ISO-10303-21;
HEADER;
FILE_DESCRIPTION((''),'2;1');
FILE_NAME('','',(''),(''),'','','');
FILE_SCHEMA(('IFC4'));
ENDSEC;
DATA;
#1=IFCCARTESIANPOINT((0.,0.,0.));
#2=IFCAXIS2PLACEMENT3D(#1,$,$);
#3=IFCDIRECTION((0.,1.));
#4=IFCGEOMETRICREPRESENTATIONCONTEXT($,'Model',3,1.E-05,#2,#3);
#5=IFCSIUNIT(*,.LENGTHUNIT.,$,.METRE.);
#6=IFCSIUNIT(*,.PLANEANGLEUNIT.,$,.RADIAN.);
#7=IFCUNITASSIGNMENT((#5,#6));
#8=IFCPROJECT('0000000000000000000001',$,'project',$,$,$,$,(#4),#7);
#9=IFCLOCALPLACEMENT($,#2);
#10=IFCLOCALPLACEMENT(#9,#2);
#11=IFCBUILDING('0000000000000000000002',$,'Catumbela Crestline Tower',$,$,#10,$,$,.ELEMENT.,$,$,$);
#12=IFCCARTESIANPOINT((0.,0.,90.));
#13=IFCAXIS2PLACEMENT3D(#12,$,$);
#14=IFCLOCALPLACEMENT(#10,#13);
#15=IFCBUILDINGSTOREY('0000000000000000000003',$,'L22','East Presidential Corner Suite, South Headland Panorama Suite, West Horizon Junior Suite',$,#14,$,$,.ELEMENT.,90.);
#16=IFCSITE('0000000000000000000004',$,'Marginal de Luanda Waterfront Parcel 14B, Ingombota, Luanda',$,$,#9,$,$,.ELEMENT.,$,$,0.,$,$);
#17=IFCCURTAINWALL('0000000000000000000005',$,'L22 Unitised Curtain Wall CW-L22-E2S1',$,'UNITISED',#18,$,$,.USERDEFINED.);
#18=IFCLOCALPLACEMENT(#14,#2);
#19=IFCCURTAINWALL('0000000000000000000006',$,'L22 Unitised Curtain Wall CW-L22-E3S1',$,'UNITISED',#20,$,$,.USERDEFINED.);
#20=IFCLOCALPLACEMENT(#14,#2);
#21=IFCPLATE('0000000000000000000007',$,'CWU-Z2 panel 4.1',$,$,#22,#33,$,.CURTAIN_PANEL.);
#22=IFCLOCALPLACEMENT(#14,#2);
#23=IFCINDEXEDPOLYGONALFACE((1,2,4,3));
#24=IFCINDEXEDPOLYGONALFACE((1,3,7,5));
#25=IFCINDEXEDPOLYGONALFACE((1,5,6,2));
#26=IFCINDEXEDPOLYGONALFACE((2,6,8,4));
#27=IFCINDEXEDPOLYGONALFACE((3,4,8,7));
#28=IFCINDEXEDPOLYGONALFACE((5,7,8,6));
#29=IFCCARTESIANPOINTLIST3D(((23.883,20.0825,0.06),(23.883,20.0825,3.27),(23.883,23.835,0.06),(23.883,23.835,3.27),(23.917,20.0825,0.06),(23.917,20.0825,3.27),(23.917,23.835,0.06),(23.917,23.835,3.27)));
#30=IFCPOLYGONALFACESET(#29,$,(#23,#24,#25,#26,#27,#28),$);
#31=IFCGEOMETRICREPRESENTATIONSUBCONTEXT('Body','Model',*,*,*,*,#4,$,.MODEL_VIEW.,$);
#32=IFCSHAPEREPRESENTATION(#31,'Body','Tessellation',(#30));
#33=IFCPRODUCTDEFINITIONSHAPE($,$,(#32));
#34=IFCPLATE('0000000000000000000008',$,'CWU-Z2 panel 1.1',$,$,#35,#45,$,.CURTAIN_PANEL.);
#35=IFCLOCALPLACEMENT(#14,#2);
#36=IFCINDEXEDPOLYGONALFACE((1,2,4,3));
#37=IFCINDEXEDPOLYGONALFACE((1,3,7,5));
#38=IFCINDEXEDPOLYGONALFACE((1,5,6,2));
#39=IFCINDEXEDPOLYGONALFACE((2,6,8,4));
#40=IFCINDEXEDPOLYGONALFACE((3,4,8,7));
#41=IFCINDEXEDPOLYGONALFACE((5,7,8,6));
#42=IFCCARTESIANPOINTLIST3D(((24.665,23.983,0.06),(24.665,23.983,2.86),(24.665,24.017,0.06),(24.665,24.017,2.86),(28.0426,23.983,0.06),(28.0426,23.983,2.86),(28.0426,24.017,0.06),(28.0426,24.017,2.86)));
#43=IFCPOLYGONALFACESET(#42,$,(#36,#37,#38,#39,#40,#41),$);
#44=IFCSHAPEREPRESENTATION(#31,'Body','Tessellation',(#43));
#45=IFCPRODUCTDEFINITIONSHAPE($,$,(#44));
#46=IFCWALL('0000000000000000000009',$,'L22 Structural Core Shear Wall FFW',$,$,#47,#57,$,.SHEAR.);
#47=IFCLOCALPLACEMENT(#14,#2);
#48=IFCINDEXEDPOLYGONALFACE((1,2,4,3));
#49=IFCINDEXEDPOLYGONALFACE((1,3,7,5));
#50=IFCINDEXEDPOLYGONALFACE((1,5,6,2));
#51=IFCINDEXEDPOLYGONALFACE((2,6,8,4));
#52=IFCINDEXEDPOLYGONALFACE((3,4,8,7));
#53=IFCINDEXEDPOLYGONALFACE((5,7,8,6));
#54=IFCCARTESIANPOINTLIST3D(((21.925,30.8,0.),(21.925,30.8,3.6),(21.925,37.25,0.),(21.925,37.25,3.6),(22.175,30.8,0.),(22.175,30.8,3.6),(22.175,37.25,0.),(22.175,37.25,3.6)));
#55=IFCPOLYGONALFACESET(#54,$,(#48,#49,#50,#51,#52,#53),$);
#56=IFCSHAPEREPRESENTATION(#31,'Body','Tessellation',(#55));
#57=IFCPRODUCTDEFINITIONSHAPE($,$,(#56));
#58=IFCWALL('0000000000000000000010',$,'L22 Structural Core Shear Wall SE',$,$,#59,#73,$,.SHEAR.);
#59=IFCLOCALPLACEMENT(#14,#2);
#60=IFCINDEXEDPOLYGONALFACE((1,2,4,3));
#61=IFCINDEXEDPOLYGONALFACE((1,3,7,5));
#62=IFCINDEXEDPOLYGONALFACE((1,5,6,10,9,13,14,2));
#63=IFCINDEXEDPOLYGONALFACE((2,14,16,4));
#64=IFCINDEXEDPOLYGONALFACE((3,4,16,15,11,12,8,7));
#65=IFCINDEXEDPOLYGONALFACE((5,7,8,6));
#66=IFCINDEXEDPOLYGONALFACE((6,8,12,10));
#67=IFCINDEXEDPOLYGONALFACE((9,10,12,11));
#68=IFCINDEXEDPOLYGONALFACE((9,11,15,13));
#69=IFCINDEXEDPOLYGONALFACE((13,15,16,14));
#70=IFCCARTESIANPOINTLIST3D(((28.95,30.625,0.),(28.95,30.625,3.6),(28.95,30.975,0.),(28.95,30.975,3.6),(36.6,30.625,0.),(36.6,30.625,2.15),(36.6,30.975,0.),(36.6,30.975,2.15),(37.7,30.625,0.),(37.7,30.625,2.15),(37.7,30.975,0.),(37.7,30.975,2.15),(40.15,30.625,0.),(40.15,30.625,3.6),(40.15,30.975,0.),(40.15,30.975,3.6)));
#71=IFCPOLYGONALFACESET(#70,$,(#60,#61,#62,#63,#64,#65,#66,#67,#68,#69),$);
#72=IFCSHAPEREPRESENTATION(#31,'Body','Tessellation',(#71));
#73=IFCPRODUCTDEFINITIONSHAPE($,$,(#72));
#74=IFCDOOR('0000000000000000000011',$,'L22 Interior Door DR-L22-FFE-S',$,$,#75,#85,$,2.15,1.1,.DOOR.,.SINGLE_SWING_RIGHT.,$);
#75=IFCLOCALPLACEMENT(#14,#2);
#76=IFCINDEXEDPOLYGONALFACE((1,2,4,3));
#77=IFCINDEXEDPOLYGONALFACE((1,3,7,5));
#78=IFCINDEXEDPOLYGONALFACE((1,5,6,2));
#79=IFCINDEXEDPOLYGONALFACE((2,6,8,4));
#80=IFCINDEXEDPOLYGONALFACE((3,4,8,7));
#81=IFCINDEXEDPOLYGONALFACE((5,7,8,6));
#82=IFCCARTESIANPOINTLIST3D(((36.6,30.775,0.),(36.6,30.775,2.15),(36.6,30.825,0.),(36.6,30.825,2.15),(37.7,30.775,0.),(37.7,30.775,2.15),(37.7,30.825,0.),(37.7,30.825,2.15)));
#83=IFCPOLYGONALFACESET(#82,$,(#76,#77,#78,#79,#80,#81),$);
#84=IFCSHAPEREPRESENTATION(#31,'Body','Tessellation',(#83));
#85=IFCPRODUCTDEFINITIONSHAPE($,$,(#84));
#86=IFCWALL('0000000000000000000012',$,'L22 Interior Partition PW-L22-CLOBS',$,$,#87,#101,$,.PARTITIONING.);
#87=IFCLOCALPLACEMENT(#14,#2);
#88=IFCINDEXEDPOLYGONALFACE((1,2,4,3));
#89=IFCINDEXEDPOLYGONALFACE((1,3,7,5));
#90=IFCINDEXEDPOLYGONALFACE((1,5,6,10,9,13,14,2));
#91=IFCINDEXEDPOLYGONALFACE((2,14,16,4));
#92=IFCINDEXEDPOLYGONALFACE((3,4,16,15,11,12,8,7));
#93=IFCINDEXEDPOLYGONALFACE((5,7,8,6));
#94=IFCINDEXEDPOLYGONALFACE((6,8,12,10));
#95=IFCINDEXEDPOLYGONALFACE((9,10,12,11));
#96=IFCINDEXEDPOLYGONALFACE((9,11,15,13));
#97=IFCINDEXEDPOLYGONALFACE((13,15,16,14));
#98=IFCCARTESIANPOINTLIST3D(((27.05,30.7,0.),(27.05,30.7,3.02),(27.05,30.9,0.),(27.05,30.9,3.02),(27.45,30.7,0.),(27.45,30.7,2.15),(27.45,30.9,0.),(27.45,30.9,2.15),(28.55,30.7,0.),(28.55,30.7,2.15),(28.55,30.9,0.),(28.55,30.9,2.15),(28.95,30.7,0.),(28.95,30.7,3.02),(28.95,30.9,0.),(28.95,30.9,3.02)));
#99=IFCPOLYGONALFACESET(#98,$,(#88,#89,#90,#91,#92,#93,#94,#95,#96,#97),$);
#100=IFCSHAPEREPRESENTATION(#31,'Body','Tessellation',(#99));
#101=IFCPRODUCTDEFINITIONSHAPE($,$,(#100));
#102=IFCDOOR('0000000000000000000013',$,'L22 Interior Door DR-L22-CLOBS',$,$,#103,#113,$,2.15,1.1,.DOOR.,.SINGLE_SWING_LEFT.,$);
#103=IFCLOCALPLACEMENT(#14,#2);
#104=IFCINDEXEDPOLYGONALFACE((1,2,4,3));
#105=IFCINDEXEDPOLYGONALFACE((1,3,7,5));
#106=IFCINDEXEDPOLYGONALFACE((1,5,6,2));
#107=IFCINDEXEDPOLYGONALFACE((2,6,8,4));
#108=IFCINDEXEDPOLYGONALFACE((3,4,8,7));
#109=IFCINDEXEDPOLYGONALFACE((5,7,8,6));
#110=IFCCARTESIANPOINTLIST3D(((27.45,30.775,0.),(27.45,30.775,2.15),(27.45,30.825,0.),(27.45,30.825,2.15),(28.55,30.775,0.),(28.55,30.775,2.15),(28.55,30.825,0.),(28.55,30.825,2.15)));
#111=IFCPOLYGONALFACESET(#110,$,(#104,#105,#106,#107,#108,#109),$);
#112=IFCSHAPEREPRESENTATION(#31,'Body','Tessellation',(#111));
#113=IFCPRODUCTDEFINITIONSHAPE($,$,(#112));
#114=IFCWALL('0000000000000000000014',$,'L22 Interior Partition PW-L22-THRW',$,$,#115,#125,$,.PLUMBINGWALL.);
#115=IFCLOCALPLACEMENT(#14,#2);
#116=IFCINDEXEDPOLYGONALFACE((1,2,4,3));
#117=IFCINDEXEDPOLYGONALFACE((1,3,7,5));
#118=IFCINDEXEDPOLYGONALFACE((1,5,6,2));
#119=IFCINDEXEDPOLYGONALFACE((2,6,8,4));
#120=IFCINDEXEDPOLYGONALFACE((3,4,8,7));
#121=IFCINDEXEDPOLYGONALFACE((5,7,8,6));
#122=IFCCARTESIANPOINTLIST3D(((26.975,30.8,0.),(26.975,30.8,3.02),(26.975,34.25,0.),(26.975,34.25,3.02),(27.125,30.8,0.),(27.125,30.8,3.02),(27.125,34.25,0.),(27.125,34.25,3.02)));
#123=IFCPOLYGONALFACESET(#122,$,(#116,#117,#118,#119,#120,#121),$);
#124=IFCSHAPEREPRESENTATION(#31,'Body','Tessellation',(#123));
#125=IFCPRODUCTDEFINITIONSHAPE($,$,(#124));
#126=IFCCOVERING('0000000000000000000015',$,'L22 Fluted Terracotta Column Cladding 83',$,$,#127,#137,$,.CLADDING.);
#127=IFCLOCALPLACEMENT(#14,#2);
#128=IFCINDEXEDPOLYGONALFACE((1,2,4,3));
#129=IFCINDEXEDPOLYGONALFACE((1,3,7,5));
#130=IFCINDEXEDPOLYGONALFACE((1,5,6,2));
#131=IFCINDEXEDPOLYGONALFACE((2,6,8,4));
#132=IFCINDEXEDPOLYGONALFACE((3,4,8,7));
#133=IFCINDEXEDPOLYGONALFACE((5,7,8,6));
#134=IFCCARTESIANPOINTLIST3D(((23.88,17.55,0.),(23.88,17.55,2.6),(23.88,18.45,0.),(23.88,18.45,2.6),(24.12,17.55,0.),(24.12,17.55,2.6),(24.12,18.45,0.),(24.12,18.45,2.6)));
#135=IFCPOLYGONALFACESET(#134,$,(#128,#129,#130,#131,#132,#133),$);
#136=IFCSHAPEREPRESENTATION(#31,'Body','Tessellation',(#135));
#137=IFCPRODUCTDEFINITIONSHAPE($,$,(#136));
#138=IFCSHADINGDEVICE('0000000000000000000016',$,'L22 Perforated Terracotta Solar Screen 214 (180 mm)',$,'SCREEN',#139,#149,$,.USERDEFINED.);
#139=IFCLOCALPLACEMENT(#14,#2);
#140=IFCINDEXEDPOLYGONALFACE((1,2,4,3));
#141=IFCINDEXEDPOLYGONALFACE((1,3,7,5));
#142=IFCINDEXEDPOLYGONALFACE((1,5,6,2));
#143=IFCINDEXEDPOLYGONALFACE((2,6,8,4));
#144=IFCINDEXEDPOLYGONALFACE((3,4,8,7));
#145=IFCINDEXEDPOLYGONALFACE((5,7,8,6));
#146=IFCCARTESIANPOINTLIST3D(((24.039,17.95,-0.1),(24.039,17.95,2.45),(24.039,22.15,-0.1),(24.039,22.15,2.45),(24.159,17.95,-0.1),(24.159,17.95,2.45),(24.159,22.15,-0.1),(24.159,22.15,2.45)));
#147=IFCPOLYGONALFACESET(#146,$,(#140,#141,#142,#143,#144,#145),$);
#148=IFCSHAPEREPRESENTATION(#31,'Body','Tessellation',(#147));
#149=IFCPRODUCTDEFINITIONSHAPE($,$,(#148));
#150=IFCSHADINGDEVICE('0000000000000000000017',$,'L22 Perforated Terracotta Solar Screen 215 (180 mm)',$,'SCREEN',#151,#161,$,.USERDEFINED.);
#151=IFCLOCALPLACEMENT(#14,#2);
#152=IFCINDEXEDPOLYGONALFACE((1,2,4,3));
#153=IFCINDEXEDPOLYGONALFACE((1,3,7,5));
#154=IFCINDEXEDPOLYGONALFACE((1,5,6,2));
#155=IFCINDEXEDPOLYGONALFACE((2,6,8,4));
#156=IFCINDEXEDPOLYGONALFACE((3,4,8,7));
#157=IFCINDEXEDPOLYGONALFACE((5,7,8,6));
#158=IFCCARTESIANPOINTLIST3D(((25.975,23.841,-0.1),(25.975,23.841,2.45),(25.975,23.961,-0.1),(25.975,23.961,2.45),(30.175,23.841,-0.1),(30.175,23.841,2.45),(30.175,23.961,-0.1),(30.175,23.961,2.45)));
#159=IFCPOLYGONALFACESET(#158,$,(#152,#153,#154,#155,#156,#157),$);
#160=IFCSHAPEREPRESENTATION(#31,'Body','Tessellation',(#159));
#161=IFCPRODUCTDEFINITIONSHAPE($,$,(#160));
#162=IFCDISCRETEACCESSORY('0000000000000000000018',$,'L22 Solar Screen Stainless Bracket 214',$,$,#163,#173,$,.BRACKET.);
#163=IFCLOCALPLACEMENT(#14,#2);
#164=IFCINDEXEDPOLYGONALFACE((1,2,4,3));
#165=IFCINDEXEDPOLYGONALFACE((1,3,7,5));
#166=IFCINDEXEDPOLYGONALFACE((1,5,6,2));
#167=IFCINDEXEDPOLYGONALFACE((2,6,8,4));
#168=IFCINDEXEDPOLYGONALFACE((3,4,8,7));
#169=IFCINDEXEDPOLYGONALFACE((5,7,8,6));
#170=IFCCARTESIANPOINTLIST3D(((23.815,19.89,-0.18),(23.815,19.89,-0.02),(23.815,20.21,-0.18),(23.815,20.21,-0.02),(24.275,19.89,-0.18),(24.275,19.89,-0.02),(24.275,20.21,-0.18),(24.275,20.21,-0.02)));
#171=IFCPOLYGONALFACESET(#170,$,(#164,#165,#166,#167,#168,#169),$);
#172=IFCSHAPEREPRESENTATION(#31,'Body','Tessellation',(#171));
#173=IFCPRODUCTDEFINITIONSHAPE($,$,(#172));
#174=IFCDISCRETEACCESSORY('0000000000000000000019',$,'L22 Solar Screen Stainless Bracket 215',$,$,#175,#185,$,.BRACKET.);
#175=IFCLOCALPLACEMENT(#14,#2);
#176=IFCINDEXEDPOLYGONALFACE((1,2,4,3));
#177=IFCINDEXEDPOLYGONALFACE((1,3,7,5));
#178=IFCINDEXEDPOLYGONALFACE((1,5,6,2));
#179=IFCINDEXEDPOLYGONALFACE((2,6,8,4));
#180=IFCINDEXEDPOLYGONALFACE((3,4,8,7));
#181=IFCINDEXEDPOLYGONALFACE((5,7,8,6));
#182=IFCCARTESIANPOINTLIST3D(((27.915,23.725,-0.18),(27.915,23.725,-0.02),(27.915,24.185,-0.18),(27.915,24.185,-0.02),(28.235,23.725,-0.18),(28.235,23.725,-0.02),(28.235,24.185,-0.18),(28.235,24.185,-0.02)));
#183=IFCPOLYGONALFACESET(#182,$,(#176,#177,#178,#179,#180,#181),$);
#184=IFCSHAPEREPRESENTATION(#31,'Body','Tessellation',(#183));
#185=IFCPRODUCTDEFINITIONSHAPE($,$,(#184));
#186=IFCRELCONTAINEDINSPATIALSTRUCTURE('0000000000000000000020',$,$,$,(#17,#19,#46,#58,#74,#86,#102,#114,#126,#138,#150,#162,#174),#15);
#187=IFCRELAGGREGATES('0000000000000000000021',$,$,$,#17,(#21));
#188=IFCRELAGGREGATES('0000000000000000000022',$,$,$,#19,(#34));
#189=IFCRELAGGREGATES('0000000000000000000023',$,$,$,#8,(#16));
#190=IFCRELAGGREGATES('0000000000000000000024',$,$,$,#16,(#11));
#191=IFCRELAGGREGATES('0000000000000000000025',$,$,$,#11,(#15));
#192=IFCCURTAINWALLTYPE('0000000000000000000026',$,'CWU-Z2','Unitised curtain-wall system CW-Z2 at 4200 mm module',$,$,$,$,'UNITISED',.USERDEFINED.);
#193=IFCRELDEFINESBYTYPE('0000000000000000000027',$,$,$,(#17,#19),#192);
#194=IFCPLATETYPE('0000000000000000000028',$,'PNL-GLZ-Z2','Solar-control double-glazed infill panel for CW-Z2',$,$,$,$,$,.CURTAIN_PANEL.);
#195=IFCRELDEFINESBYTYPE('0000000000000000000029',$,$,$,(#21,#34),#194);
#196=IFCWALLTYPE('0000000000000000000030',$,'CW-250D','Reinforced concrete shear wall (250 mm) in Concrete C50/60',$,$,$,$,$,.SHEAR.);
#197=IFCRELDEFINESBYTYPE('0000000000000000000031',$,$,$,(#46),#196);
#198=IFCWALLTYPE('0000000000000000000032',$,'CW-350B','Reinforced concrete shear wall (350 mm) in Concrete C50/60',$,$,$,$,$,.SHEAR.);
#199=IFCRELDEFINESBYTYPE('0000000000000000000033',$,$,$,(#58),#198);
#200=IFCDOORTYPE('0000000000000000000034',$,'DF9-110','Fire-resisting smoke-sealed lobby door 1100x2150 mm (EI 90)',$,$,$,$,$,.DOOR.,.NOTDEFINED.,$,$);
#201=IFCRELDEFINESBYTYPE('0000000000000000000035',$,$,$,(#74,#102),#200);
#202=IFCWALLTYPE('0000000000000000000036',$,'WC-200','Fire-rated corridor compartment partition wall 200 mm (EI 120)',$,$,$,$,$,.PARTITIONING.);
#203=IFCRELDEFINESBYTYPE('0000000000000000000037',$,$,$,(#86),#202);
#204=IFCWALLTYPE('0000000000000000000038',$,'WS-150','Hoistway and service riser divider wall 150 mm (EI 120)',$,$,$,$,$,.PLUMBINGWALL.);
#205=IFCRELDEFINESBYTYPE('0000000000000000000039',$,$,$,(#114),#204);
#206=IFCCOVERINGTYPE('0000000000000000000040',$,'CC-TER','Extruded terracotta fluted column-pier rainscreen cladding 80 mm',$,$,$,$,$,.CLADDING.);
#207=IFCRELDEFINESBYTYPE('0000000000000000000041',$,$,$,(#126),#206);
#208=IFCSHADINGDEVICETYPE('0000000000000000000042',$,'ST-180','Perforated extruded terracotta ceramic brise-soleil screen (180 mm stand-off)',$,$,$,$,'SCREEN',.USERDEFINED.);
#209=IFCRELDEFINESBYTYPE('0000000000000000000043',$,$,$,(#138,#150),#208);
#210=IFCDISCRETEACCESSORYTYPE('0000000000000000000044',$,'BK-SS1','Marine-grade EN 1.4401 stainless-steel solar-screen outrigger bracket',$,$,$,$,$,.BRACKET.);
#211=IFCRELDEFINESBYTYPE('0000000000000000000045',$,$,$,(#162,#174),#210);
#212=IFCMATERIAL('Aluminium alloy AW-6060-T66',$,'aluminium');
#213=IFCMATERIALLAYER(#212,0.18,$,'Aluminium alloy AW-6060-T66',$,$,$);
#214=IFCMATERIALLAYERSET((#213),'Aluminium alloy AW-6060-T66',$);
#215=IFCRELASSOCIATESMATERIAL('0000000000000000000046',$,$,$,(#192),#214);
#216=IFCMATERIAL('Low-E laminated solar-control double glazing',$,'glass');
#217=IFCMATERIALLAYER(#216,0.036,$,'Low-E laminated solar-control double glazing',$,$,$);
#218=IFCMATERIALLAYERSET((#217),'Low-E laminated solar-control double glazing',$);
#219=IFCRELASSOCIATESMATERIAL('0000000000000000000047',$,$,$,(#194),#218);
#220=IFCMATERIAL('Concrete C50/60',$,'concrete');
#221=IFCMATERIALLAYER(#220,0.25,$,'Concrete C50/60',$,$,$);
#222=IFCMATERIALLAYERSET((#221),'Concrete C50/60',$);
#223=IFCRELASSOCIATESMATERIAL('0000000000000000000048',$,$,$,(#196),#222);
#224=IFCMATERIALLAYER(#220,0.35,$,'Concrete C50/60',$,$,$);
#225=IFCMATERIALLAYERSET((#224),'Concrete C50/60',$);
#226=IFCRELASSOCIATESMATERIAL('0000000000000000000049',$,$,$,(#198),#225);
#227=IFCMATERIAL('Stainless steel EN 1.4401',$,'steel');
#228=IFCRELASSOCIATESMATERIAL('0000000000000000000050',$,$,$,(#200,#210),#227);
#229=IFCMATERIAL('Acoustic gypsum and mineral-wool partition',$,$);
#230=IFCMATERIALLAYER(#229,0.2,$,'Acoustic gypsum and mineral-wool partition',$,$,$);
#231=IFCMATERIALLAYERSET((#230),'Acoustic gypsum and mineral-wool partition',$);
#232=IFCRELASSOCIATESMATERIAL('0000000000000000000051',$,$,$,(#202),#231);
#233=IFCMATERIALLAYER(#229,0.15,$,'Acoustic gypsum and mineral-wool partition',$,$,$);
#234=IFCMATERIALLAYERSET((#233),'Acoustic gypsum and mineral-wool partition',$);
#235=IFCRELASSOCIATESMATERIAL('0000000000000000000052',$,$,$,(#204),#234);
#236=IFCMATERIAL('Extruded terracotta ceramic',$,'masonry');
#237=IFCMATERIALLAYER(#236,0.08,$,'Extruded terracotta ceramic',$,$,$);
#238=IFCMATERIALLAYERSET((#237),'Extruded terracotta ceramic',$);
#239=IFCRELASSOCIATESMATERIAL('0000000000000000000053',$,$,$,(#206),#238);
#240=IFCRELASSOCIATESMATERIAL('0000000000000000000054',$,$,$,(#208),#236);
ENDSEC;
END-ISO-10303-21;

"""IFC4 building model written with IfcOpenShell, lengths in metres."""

from ifc_helpers import new_model, si_unit, direction, frame, frame_2d, origin, origin_2d, place, context, subcontext, project, spatial, rectangle, extrude, material, layer, layer_set, type_object, element, fill, aggregate, save


model = new_model("IFC4")

# Units and contexts
model_context = context("Model", 3, precision=1e-05, world=origin(), true_north=direction((0.0, 1.0)))
body_context = subcontext(model_context, "Body", "Model", "MODEL_VIEW")
ifc_project = project(units=[si_unit("LENGTHUNIT", "METRE"), si_unit("PLANEANGLEUNIT", "RADIAN")], contexts=[model_context])

# Site, building, storey
site_placement = place(None, origin())
site = spatial("IfcSite", under=ifc_project, at=site_placement, Name="Marginal de Luanda Waterfront Parcel 14B, Ingombota, Luanda", CompositionType="ELEMENT", RefElevation=0.0)
building_placement = place(site_placement, origin())
building = spatial("IfcBuilding", under=site, at=building_placement, Name="Catumbela Crestline Tower", CompositionType="ELEMENT")
storey_placement = place(building_placement, frame((0.0, 0.0, 90.0)))
storey = spatial("IfcBuildingStorey", under=building, at=storey_placement, Name="L22", Description="East Presidential Corner Suite, South Headland Panorama Suite, West Horizon Junior Suite", CompositionType="ELEMENT", Elevation=90.0)

# Shared definitions
ifc_material_1 = material(Name="Concrete C50/60", Category="concrete")

# Curtain walls
ifc_material_2 = material(Name="Aluminium alloy AW-6060-T66", Category="aluminium")
ifc_layer_1 = layer(ifc_material_2, 0.18, Name="Aluminium alloy AW-6060-T66")
ifc_layer_set_1 = layer_set([ifc_layer_1], Name="Aluminium alloy AW-6060-T66")
curtain_wall_type = type_object("IfcCurtainWallType", Name="CWU-Z2", Description="Unitised curtain-wall system CW-Z2 at 4200 mm module", ElementType="UNITISED", PredefinedType="USERDEFINED", material=ifc_layer_set_1)
curtain_wall_1_placement = place(storey_placement, origin())
curtain_wall_1 = element("IfcCurtainWall", 1, at=curtain_wall_1_placement, inside=storey, type_object=curtain_wall_type, Name="L22 Unitised Curtain Wall CW-L22-E2S1", ObjectType="UNITISED", PredefinedType="USERDEFINED")
curtain_wall_2_placement = place(storey_placement, origin())
curtain_wall_2 = element("IfcCurtainWall", 2, at=curtain_wall_2_placement, inside=storey, type_object=curtain_wall_type, Name="L22 Unitised Curtain Wall CW-L22-E3S1", ObjectType="UNITISED", PredefinedType="USERDEFINED")

# Plates
ifc_material_3 = material(Name="Low-E laminated solar-control double glazing", Category="glass")
ifc_layer_2 = layer(ifc_material_3, 0.036, Name="Low-E laminated solar-control double glazing")
ifc_layer_set_2 = layer_set([ifc_layer_2], Name="Low-E laminated solar-control double glazing")
plate_type = type_object("IfcPlateType", Name="PNL-GLZ-Z2", Description="Solar-control double-glazed infill panel for CW-Z2", PredefinedType="CURTAIN_PANEL", material=ifc_layer_set_2)
plate_1_placement = place(storey_placement, frame((23.9, 21.9587, 0.06), z_axis=(0.0, 0.0, 1.0), x_axis=(0.0, 1.0, 0.0)))
plate_1 = element("IfcPlate", 3, at=plate_1_placement, type_object=plate_type, Name="CWU-Z2 panel 4.1", PredefinedType="CURTAIN_PANEL", context=body_context, shape_type="SweptSolid", body=[
    extrude(rectangle(XDim=3.7525, YDim=0.034, at=origin_2d()), origin(), (0.0, 0.0, 1.0), 3.21),
])
aggregate(curtain_wall_1, [plate_1])
plate_2_placement = place(storey_placement, frame((26.3538, 24.0, 0.06), z_axis=(0.0, 0.0, 1.0), x_axis=(1.0, 0.0, 0.0)))
plate_2 = element("IfcPlate", 4, at=plate_2_placement, type_object=plate_type, Name="CWU-Z2 panel 1.1", PredefinedType="CURTAIN_PANEL", context=body_context, shape_type="SweptSolid", body=[
    extrude(rectangle(XDim=3.3775, YDim=0.034, at=origin_2d()), origin(), (0.0, 0.0, 1.0), 2.8),
])
aggregate(curtain_wall_2, [plate_2])

# Wall
ifc_layer_3 = layer(ifc_material_1, 0.25, Name="Concrete C50/60")
ifc_layer_set_3 = layer_set([ifc_layer_3], Name="Concrete C50/60")
wall_type_1 = type_object("IfcWallType", Name="CW-250D", Description="Reinforced concrete shear wall (250 mm) in Concrete C50/60", PredefinedType="SHEAR", material=ifc_layer_set_3)
wall_1_placement = place(storey_placement, frame((22.05, 30.8, 0.0), z_axis=(0.0, 0.0, 1.0), x_axis=(0.0, 1.0, 0.0)))
element("IfcWall", 5, at=wall_1_placement, inside=storey, type_object=wall_type_1, Name="L22 Structural Core Shear Wall FFW", PredefinedType="SHEAR", context=body_context, shape_type="SweptSolid", body=[
    extrude(rectangle(XDim=6.45, YDim=0.25, at=frame_2d((3.225, 0.0))), origin(), (0.0, 0.0, 1.0), 3.6),
])

# Walls, openings, doors
ifc_layer_4 = layer(ifc_material_1, 0.35, Name="Concrete C50/60")
ifc_layer_set_4 = layer_set([ifc_layer_4], Name="Concrete C50/60")
wall_type_2 = type_object("IfcWallType", Name="CW-350B", Description="Reinforced concrete shear wall (350 mm) in Concrete C50/60", PredefinedType="SHEAR", material=ifc_layer_set_4)
wall_2_placement = place(storey_placement, frame((28.95, 30.8, 0.0), z_axis=(0.0, 0.0, 1.0), x_axis=(1.0, 0.0, 0.0)))
wall_2 = element("IfcWall", 6, at=wall_2_placement, inside=storey, type_object=wall_type_2, Name="L22 Structural Core Shear Wall SE", PredefinedType="SHEAR", context=body_context, shape_type="SweptSolid", body=[
    extrude(rectangle(XDim=11.2, YDim=0.35, at=frame_2d((5.6, 0.0))), origin(), (0.0, 0.0, 1.0), 3.6),
])
opening_1_placement = place(wall_2_placement, frame((7.65, 0.0, 0.0)))
opening_1 = element("IfcOpeningElement", 7, at=opening_1_placement, cuts=wall_2, PredefinedType="OPENING", context=body_context, shape_type="SweptSolid", body=[
    extrude(rectangle(XDim=1.1, YDim=2.15, at=frame_2d((0.55, 1.075))), frame((0.0, 0.185, 0.0), z_axis=(0.0, -1.0, 0.0), x_axis=(1.0, 0.0, 0.0)), (0.0, 0.0, 1.0), 0.37),
])
ifc_material_4 = material(Name="Stainless steel EN 1.4401", Category="steel")
door_type = type_object("IfcDoorType", Name="DF9-110", Description="Fire-resisting smoke-sealed lobby door 1100x2150 mm (EI 90)", OperationType="NOTDEFINED", PredefinedType="DOOR", material=ifc_material_4)
door_1_placement = place(opening_1_placement, origin())
door_1 = element("IfcDoor", 8, at=door_1_placement, inside=storey, type_object=door_type, Name="L22 Interior Door DR-L22-FFE-S", OperationType="SINGLE_SWING_RIGHT", OverallHeight=2.15, OverallWidth=1.1, PredefinedType="DOOR", context=body_context, shape_type="SweptSolid", body=[
    extrude(rectangle(XDim=1.1, YDim=2.15, at=frame_2d((0.55, 1.075))), frame((0.0, 0.025, 0.0), z_axis=(0.0, -1.0, 0.0), x_axis=(1.0, 0.0, 0.0)), (0.0, 0.0, 1.0), 0.05),
])
fill(opening_1, door_1)
ifc_material_5 = material(Name="Acoustic gypsum and mineral-wool partition")
ifc_layer_5 = layer(ifc_material_5, 0.2, Name="Acoustic gypsum and mineral-wool partition")
ifc_layer_set_5 = layer_set([ifc_layer_5], Name="Acoustic gypsum and mineral-wool partition")
wall_type_3 = type_object("IfcWallType", Name="WC-200", Description="Fire-rated corridor compartment partition wall 200 mm (EI 120)", PredefinedType="PARTITIONING", material=ifc_layer_set_5)
wall_3_placement = place(storey_placement, frame((27.05, 30.8, 0.0), z_axis=(0.0, 0.0, 1.0), x_axis=(1.0, 0.0, 0.0)))
wall_3 = element("IfcWall", 9, at=wall_3_placement, inside=storey, type_object=wall_type_3, Name="L22 Interior Partition PW-L22-CLOBS", PredefinedType="PARTITIONING", context=body_context, shape_type="SweptSolid", body=[
    extrude(rectangle(XDim=1.9, YDim=0.2, at=frame_2d((0.95, 0.0))), origin(), (0.0, 0.0, 1.0), 3.02),
])
opening_2_placement = place(wall_3_placement, frame((0.4, 0.0, 0.0)))
opening_2 = element("IfcOpeningElement", 10, at=opening_2_placement, cuts=wall_3, PredefinedType="OPENING", context=body_context, shape_type="SweptSolid", body=[
    extrude(rectangle(XDim=1.1, YDim=2.15, at=frame_2d((0.55, 1.075))), frame((0.0, 0.11, 0.0), z_axis=(0.0, -1.0, 0.0), x_axis=(1.0, 0.0, 0.0)), (0.0, 0.0, 1.0), 0.22),
])
door_2_placement = place(opening_2_placement, origin())
door_2 = element("IfcDoor", 11, at=door_2_placement, inside=storey, type_object=door_type, Name="L22 Interior Door DR-L22-CLOBS", OperationType="SINGLE_SWING_LEFT", OverallHeight=2.15, OverallWidth=1.1, PredefinedType="DOOR", context=body_context, shape_type="SweptSolid", body=[
    extrude(rectangle(XDim=1.1, YDim=2.15, at=frame_2d((0.55, 1.075))), frame((0.0, 0.025, 0.0), z_axis=(0.0, -1.0, 0.0), x_axis=(1.0, 0.0, 0.0)), (0.0, 0.0, 1.0), 0.05),
])
fill(opening_2, door_2)

# Wall
ifc_layer_6 = layer(ifc_material_5, 0.15, Name="Acoustic gypsum and mineral-wool partition")
ifc_layer_set_6 = layer_set([ifc_layer_6], Name="Acoustic gypsum and mineral-wool partition")
wall_type_4 = type_object("IfcWallType", Name="WS-150", Description="Hoistway and service riser divider wall 150 mm (EI 120)", PredefinedType="PLUMBINGWALL", material=ifc_layer_set_6)
wall_4_placement = place(storey_placement, frame((27.05, 30.8, 0.0), z_axis=(0.0, 0.0, 1.0), x_axis=(0.0, 1.0, 0.0)))
element("IfcWall", 12, at=wall_4_placement, inside=storey, type_object=wall_type_4, Name="L22 Interior Partition PW-L22-THRW", PredefinedType="PLUMBINGWALL", context=body_context, shape_type="SweptSolid", body=[
    extrude(rectangle(XDim=3.45, YDim=0.15, at=frame_2d((1.725, 0.0))), origin(), (0.0, 0.0, 1.0), 3.02),
])

# Covering
ifc_material_6 = material(Name="Extruded terracotta ceramic", Category="masonry")
ifc_layer_7 = layer(ifc_material_6, 0.08, Name="Extruded terracotta ceramic")
ifc_layer_set_7 = layer_set([ifc_layer_7], Name="Extruded terracotta ceramic")
covering_type = type_object("IfcCoveringType", Name="CC-TER", Description="Extruded terracotta fluted column-pier rainscreen cladding 80 mm", PredefinedType="CLADDING", material=ifc_layer_set_7)
covering_placement = place(storey_placement, frame((24.0, 18.0, 0.0), z_axis=(0.0, 0.0, 1.0), x_axis=(0.0, 1.0, 0.0)))
element("IfcCovering", 13, at=covering_placement, inside=storey, type_object=covering_type, Name="L22 Fluted Terracotta Column Cladding 83", PredefinedType="CLADDING", context=body_context, shape_type="SweptSolid", body=[
    extrude(rectangle(XDim=0.9, YDim=0.24, at=origin_2d()), origin(), (0.0, 0.0, 1.0), 2.6),
])

# Shading devices
shading_device_type = type_object("IfcShadingDeviceType", Name="ST-180", Description="Perforated extruded terracotta ceramic brise-soleil screen (180 mm stand-off)", ElementType="SCREEN", PredefinedType="USERDEFINED", material=ifc_material_6)
for number, where, z_axis, x_axis, name in (
    (14, (24.099, 20.05, -0.1), (0.0, 0.0, 1.0), (0.0, 1.0, 0.0), "L22 Perforated Terracotta Solar Screen 214 (180 mm)"),
    (15, (28.075, 23.901, -0.1), (0.0, 0.0, 1.0), (1.0, 0.0, 0.0), "L22 Perforated Terracotta Solar Screen 215 (180 mm)"),
):
    element("IfcShadingDevice", number, at=place(storey_placement, frame(where, z_axis=z_axis, x_axis=x_axis)), inside=storey, type_object=shading_device_type, Name=name, ObjectType="SCREEN", PredefinedType="USERDEFINED", context=body_context, shape_type="SweptSolid", body=[
        extrude(rectangle(XDim=4.2, YDim=0.12, at=origin_2d()), origin(), (0.0, 0.0, 1.0), 2.55),
    ])

# Discrete accessories
discrete_accessory_type = type_object("IfcDiscreteAccessoryType", Name="BK-SS1", Description="Marine-grade EN 1.4401 stainless-steel solar-screen outrigger bracket", PredefinedType="BRACKET", material=ifc_material_4)
for number, where, z_axis, x_axis, name in (
    (16, (24.045, 20.05, -0.18), (0.0, 0.0, 1.0), (0.0, 1.0, 0.0), "L22 Solar Screen Stainless Bracket 214"),
    (17, (28.075, 23.955, -0.18), (0.0, 0.0, 1.0), (1.0, 0.0, 0.0), "L22 Solar Screen Stainless Bracket 215"),
):
    element("IfcDiscreteAccessory", number, at=place(storey_placement, frame(where, z_axis=z_axis, x_axis=x_axis)), inside=storey, type_object=discrete_accessory_type, Name=name, PredefinedType="BRACKET", context=body_context, shape_type="SweptSolid", body=[
        extrude(rectangle(XDim=0.32, YDim=0.46, at=origin_2d()), origin(), (0.0, 0.0, 1.0), 0.16),
    ])

save(model, "model.ifc")
